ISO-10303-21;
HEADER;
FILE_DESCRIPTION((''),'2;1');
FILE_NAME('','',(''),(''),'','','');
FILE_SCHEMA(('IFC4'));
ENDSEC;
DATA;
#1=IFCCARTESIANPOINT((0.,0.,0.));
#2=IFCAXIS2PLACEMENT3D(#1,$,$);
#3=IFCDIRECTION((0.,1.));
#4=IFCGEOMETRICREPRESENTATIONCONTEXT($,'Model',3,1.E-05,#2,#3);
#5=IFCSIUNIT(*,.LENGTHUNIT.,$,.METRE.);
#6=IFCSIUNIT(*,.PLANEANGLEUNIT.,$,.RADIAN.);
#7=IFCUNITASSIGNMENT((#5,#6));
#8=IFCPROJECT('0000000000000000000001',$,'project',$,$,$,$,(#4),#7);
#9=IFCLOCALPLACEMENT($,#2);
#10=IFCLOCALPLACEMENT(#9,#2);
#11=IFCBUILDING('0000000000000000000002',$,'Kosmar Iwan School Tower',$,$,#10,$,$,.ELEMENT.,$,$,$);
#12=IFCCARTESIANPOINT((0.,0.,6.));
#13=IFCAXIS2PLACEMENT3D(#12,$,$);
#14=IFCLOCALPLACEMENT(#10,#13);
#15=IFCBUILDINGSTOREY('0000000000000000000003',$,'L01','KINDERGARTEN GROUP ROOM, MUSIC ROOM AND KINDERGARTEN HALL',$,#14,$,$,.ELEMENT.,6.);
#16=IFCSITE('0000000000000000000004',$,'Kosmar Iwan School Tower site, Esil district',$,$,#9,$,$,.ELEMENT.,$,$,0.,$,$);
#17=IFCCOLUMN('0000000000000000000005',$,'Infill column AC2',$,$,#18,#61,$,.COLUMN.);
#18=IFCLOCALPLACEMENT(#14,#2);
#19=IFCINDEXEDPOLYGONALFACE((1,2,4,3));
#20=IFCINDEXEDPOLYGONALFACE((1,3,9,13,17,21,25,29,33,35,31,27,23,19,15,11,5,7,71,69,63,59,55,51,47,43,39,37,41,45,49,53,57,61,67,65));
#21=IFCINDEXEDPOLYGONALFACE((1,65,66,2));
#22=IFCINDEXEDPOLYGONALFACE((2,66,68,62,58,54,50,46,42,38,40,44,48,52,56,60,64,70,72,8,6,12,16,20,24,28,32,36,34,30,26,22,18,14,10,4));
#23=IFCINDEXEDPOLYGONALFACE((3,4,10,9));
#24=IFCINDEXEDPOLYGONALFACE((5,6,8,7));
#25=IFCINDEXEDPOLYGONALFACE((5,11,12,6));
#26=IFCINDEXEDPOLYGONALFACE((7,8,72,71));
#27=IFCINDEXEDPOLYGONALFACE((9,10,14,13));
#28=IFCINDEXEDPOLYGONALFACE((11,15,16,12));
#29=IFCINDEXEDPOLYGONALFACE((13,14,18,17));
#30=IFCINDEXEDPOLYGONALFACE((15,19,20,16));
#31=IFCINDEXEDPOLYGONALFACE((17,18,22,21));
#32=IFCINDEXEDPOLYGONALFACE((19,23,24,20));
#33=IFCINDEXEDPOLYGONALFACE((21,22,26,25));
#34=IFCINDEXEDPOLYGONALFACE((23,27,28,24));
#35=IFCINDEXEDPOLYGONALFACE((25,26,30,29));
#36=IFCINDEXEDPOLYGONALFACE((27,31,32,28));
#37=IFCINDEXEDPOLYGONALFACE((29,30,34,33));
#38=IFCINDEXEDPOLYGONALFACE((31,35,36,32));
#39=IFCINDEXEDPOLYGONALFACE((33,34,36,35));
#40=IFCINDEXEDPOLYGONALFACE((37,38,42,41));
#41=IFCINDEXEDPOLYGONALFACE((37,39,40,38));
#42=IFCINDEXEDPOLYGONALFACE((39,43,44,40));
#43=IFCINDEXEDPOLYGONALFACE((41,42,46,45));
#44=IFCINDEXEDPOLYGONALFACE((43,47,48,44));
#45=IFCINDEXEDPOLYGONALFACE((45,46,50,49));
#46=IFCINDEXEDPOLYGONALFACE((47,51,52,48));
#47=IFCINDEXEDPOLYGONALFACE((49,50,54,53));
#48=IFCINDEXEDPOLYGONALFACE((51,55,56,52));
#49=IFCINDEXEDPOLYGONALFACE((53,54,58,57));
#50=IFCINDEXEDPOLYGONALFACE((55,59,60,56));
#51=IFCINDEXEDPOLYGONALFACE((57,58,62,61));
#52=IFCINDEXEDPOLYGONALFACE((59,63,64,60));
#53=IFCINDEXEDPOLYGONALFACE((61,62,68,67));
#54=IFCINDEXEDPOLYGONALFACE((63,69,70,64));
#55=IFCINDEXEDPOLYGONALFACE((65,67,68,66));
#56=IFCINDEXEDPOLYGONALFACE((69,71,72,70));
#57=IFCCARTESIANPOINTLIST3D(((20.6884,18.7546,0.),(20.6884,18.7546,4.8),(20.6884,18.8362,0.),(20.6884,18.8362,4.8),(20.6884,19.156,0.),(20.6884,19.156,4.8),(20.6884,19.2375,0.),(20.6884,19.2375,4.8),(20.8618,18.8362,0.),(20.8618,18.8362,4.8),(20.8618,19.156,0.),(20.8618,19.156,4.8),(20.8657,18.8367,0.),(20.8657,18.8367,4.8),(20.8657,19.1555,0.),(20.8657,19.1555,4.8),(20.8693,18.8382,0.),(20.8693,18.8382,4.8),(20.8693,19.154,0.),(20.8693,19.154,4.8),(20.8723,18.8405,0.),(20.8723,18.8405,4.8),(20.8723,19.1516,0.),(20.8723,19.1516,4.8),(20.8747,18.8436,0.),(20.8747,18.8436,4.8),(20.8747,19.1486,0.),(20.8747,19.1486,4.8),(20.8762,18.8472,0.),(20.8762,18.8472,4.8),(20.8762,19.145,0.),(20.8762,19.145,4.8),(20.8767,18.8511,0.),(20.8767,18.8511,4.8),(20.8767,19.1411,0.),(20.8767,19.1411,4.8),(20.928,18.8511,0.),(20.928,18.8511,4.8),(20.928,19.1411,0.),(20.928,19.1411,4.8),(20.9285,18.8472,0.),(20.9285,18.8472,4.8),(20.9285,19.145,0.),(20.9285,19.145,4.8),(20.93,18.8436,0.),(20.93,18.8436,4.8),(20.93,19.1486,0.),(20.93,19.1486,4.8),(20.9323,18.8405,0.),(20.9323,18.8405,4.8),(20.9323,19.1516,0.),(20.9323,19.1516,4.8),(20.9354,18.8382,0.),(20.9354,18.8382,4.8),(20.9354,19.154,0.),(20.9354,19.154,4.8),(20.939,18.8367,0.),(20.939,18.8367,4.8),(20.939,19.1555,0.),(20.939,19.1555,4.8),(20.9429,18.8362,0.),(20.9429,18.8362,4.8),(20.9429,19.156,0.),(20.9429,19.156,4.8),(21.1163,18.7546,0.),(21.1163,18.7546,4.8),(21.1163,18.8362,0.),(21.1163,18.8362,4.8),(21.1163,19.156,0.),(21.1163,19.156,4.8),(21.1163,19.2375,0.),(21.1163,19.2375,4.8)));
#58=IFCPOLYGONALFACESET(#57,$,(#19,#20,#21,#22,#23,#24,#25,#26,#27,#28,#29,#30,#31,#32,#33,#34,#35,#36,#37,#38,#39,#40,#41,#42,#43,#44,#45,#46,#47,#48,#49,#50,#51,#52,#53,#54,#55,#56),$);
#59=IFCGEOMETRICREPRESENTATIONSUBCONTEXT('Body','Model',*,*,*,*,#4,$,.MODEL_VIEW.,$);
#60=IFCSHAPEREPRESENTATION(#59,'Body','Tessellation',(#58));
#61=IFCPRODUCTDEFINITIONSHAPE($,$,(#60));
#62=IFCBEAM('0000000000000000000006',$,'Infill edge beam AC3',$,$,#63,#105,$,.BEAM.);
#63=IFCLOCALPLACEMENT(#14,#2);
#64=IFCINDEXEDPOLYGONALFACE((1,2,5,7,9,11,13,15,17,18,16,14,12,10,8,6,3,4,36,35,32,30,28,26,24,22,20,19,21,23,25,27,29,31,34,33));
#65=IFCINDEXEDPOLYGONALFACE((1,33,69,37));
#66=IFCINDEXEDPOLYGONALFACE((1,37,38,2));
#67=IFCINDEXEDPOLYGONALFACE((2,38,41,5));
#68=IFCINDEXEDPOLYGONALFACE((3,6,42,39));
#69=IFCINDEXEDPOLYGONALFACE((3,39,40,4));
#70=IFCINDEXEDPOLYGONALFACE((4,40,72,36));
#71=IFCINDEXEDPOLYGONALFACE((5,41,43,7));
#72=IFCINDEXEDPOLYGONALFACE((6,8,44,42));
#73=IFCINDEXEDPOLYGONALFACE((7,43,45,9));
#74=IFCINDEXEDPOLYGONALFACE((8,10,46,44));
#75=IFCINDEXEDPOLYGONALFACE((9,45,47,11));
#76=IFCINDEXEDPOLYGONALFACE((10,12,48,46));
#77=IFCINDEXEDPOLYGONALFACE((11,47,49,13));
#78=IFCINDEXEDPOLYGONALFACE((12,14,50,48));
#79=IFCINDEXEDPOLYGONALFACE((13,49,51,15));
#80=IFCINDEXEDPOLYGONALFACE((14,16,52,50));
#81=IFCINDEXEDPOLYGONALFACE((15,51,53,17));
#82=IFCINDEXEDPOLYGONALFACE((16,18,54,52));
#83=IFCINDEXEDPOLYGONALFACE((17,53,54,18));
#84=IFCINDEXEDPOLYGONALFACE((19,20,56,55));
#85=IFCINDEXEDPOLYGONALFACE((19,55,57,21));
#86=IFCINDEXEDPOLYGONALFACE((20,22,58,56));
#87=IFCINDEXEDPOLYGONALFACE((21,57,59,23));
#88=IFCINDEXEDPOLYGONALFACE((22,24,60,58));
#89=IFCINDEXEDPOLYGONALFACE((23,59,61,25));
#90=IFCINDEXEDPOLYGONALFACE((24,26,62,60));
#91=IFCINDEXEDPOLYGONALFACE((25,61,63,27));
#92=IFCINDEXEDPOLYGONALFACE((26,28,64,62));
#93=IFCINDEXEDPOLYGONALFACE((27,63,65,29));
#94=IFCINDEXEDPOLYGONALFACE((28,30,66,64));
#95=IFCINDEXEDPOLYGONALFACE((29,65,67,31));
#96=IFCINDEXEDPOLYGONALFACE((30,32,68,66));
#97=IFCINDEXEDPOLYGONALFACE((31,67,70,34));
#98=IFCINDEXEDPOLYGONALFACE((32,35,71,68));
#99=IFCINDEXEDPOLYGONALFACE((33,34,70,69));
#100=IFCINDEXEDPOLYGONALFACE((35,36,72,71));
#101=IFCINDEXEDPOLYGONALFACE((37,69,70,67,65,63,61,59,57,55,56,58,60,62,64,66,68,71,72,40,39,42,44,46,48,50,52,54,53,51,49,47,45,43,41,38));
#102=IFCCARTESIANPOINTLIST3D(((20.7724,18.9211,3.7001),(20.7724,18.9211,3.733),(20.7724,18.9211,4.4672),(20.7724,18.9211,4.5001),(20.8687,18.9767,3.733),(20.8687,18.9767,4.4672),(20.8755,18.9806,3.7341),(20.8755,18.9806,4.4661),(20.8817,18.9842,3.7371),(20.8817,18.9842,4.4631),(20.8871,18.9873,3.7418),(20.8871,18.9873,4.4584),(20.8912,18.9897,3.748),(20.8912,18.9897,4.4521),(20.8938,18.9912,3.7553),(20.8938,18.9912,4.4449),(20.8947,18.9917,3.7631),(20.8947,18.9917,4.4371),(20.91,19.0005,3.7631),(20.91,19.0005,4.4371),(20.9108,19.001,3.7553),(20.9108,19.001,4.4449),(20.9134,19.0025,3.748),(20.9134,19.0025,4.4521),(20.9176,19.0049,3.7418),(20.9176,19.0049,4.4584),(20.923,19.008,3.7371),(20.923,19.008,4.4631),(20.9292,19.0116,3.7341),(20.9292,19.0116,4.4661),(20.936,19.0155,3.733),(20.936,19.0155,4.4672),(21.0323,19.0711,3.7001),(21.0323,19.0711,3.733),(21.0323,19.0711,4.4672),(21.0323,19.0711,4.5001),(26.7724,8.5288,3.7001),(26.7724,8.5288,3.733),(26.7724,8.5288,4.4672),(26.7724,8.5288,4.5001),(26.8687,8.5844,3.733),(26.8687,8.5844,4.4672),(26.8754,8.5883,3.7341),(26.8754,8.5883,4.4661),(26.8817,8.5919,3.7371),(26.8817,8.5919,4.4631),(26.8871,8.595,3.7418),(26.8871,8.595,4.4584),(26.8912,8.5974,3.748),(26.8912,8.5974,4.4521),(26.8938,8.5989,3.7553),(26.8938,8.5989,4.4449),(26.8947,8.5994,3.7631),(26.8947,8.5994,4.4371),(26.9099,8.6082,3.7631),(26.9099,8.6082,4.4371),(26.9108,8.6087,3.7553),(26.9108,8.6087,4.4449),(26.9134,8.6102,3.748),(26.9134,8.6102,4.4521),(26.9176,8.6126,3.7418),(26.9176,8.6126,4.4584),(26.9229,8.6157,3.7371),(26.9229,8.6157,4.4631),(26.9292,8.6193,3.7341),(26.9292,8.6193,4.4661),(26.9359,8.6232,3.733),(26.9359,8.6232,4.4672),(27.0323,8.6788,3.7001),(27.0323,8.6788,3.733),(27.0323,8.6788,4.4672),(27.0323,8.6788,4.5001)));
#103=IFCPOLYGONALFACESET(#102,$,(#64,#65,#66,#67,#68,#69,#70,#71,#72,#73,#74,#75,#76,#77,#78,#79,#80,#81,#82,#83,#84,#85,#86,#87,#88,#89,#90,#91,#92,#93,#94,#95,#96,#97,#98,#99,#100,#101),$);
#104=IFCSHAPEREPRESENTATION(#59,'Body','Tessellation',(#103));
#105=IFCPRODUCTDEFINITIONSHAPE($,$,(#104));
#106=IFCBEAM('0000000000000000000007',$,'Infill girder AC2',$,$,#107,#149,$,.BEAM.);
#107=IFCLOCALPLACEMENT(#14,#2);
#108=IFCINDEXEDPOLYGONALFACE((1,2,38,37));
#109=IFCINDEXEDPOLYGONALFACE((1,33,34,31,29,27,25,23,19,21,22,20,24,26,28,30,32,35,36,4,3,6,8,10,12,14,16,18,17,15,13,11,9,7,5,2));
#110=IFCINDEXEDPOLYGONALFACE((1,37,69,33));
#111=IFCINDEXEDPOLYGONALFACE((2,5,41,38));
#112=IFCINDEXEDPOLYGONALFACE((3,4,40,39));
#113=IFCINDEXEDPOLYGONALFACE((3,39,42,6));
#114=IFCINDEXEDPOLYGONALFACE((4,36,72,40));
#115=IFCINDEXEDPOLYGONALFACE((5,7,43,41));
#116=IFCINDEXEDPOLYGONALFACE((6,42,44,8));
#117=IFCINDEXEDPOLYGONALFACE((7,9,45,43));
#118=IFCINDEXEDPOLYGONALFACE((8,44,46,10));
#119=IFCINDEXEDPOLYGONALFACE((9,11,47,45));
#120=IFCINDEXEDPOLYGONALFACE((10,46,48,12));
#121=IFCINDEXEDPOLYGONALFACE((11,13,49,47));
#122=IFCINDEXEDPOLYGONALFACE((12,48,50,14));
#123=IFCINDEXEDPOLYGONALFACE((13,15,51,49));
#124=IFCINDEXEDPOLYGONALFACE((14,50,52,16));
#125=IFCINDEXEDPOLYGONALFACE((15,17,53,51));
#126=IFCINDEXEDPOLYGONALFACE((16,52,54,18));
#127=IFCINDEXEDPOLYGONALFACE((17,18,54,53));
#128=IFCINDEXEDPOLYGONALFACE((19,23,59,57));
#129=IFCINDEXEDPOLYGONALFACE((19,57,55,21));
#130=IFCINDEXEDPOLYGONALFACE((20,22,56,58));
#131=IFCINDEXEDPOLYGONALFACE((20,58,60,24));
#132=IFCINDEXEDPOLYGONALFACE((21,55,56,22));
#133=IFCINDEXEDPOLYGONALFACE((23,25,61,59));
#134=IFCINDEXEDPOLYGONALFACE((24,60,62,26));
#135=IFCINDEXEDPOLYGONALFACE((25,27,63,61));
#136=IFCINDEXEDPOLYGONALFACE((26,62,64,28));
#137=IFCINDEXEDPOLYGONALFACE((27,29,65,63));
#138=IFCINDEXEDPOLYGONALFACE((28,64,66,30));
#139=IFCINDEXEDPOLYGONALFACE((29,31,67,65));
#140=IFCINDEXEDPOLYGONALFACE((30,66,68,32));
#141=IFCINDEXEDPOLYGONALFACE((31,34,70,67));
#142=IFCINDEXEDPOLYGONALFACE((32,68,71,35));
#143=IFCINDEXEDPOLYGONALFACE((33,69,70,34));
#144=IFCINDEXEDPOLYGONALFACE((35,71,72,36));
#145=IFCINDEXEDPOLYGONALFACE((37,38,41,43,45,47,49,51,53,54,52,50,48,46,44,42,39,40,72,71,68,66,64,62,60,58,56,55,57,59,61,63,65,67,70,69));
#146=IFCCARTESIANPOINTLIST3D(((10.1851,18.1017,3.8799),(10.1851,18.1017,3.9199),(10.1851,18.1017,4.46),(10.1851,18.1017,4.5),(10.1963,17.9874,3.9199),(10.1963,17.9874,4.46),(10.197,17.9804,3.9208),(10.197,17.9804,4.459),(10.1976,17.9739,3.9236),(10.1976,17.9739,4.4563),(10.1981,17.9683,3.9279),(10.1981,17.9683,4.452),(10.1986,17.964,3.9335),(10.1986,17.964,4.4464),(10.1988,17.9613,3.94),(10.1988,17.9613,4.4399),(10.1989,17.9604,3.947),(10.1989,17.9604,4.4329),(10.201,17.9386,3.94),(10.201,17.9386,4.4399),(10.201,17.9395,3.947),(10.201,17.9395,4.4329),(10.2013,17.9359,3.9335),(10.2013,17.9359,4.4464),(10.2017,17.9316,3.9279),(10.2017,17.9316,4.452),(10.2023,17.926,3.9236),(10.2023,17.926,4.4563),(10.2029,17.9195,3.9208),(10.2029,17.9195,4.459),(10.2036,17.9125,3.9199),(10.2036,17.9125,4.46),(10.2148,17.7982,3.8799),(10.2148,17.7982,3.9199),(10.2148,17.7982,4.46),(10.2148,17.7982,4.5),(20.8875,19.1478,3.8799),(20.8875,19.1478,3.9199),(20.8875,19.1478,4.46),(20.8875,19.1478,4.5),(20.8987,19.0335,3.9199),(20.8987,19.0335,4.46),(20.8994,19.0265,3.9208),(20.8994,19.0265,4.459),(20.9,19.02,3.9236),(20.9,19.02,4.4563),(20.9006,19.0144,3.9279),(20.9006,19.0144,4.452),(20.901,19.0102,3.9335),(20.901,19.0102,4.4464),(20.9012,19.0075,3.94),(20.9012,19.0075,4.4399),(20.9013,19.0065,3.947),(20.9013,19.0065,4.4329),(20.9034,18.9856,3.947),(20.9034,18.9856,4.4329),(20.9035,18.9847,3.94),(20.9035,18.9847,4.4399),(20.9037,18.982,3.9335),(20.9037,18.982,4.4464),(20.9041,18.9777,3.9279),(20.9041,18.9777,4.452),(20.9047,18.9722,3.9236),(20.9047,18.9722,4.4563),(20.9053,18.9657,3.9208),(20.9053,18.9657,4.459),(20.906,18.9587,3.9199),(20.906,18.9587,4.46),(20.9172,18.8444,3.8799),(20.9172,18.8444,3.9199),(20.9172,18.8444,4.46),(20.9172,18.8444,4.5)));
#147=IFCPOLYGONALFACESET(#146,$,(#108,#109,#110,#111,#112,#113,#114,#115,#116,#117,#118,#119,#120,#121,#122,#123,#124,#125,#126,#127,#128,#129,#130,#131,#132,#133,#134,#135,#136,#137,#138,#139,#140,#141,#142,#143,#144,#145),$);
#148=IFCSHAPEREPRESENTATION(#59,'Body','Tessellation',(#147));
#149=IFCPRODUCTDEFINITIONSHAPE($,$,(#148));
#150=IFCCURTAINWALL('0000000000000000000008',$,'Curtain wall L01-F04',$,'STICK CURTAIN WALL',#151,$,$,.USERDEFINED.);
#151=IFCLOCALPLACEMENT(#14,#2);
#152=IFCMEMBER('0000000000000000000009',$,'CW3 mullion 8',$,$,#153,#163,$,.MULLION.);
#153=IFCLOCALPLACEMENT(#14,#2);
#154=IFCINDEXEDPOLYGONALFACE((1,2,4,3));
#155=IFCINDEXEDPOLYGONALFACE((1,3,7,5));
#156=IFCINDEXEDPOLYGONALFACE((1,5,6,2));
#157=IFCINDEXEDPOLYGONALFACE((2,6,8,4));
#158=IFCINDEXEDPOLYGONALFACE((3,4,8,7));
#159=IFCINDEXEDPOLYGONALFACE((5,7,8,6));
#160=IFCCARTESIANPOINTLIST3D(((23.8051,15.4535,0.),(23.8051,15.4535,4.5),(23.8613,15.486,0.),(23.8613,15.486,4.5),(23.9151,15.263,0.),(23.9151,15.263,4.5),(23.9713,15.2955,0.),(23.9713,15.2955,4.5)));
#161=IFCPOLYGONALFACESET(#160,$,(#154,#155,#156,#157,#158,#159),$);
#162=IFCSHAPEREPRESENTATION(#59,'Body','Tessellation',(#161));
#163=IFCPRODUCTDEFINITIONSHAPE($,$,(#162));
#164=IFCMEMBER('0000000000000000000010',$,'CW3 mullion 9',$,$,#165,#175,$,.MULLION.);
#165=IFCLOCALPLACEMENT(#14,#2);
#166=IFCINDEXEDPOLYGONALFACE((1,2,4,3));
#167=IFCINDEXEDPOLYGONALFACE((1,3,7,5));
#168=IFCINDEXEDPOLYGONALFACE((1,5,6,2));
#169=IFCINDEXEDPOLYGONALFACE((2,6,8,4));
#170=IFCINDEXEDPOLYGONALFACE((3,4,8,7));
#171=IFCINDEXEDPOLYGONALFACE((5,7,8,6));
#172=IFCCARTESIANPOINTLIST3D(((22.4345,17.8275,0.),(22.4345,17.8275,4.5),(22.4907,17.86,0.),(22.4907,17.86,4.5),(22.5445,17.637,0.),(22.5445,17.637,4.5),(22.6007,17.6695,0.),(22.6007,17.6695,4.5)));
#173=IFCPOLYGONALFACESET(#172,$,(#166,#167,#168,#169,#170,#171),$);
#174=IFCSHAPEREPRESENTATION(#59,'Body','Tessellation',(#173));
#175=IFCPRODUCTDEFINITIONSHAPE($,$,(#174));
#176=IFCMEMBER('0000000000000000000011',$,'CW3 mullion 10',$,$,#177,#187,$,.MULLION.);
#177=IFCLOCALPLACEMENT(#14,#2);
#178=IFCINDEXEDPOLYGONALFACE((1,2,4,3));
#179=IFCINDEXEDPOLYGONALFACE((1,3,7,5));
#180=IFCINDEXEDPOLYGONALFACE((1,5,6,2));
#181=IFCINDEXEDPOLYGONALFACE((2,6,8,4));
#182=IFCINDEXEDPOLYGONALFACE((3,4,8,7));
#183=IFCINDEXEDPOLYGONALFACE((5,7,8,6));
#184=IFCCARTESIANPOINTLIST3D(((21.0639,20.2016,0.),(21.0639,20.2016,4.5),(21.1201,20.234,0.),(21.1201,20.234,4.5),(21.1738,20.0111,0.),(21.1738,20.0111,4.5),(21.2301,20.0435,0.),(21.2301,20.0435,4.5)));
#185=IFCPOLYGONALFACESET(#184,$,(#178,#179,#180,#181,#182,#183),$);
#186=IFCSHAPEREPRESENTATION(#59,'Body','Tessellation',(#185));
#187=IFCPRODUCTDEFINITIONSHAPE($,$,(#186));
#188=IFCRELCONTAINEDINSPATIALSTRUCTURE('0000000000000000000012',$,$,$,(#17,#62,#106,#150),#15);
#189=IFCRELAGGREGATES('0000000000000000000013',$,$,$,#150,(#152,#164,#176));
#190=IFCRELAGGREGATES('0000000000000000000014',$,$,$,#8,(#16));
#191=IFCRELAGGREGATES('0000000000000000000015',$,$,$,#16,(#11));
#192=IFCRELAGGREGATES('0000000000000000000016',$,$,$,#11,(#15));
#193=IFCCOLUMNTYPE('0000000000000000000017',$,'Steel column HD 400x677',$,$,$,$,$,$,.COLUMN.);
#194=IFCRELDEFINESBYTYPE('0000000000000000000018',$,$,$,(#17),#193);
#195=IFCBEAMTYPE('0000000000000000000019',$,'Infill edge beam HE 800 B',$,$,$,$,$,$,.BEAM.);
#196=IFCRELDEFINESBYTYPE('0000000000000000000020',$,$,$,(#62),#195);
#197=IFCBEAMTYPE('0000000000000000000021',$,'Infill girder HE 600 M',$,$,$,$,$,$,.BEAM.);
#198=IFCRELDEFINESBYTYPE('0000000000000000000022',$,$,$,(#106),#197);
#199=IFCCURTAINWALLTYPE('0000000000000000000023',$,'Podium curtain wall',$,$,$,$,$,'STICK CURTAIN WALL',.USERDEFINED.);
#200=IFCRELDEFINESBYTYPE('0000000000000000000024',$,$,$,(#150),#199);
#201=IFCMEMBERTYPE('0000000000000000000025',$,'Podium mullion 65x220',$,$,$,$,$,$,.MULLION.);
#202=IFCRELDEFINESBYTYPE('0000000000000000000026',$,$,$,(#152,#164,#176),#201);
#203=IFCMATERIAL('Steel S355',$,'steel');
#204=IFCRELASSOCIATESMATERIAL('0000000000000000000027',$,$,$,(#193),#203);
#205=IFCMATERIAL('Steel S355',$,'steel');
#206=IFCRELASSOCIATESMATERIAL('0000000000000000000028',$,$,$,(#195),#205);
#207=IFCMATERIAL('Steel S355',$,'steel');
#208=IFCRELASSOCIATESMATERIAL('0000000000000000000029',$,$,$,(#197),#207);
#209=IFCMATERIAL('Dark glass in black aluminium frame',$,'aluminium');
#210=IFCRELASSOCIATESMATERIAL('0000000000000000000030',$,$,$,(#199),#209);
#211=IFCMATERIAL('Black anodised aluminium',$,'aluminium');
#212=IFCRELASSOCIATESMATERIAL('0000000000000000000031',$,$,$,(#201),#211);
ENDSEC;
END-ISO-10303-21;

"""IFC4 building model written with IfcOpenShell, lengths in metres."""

from ifc_helpers import new_model, si_unit, direction, frame, origin, origin_2d, place, context, subcontext, project, spatial, rectangle, i_section, extrude, material, material_profile, profile_set, type_object, element, aggregate, save


model = new_model("IFC4")

# Units and contexts
model_context = context("Model", 3, precision=1e-05, world=origin(), true_north=direction((0.0, 1.0)))
body_context = subcontext(model_context, "Body", "Model", "MODEL_VIEW")
ifc_project = project(units=[si_unit("LENGTHUNIT", "METRE"), si_unit("PLANEANGLEUNIT", "RADIAN")], contexts=[model_context])

# Site, building, storey
site_placement = place(None, origin())
site = spatial("IfcSite", under=ifc_project, at=site_placement, Name="Kosmar Iwan School Tower site, Esil district", CompositionType="ELEMENT", RefElevation=0.0)
building_placement = place(site_placement, origin())
building = spatial("IfcBuilding", under=site, at=building_placement, Name="Kosmar Iwan School Tower", CompositionType="ELEMENT")
storey_placement = place(building_placement, frame((0.0, 0.0, 6.0)))
storey = spatial("IfcBuildingStorey", under=building, at=storey_placement, Name="L01", Description="KINDERGARTEN GROUP ROOM, MUSIC ROOM AND KINDERGARTEN HALL", CompositionType="ELEMENT", Elevation=6.0)

# Column
ifc_material_1 = material(Name="Steel S355", Category="steel")
ifc_material_profile_1 = material_profile(ifc_material_1, i_section(OverallWidth=0.428, OverallDepth=0.4829, WebThickness=0.0513, FlangeThickness=0.0815, FilletRadius=0.0149, at=origin_2d()), Name="HD 400x677")
ifc_profile_set_1 = profile_set([ifc_material_profile_1], Name="Steel S355")
column_type = type_object("IfcColumnType", Name="Steel column HD 400x677", PredefinedType="COLUMN", material=ifc_profile_set_1)
column_placement = place(storey_placement, frame((20.9023, 18.9961, 0.0), z_axis=(0.0, 0.0, 1.0), x_axis=(1.0, 0.0, 0.0)))
element("IfcColumn", 1, at=column_placement, inside=storey, type_object=column_type, Name="Infill column AC2", PredefinedType="COLUMN", context=body_context, shape_type="SweptSolid", body=[
    extrude(i_section(OverallWidth=0.428, OverallDepth=0.4829, WebThickness=0.0513, FlangeThickness=0.0815, FilletRadius=0.0149, at=origin_2d()), origin(), (0.0, 0.0, 1.0), 4.8),
])

# Beams
ifc_material_2 = material(Name="Steel S355", Category="steel")
ifc_material_profile_2 = material_profile(ifc_material_2, i_section(OverallWidth=0.3, OverallDepth=0.8, WebThickness=0.0176, FlangeThickness=0.033, FilletRadius=0.03, at=origin_2d()), Name="HE 800 B")
ifc_profile_set_2 = profile_set([ifc_material_profile_2], Name="Steel S355")
beam_type_1 = type_object("IfcBeamType", Name="Infill edge beam HE 800 B", PredefinedType="BEAM", material=ifc_profile_set_2)
beam_1_placement = place(storey_placement, frame((20.9023, 18.9961, 4.1001), z_axis=(0.499999, -0.866026, 0.0), x_axis=(0.866026, 0.499999, 0.0)))
element("IfcBeam", 2, at=beam_1_placement, inside=storey, type_object=beam_type_1, Name="Infill edge beam AC3", PredefinedType="BEAM", context=body_context, shape_type="SweptSolid", body=[
    extrude(i_section(OverallWidth=0.3, OverallDepth=0.8, WebThickness=0.0176, FlangeThickness=0.033, FilletRadius=0.03, at=origin_2d()), origin(), (0.0, 0.0, 1.0), 12.0),
])
ifc_material_3 = material(Name="Steel S355", Category="steel")
ifc_material_profile_3 = material_profile(ifc_material_3, i_section(OverallWidth=0.3049, OverallDepth=0.6201, WebThickness=0.021, FlangeThickness=0.04, FilletRadius=0.0271, at=origin_2d()), Name="HE 600 M")
ifc_profile_set_3 = profile_set([ifc_material_profile_3], Name="Steel S355")
beam_type_2 = type_object("IfcBeamType", Name="Infill girder HE 600 M", PredefinedType="BEAM", material=ifc_profile_set_3)
beam_2_placement = place(storey_placement, frame((20.9023, 18.9961, 4.1899), z_axis=(-0.995257, -0.097285, 0.0), x_axis=(0.097285, -0.995257, 0.0)))
element("IfcBeam", 3, at=beam_2_placement, inside=storey, type_object=beam_type_2, Name="Infill girder AC2", PredefinedType="BEAM", context=body_context, shape_type="SweptSolid", body=[
    extrude(i_section(OverallWidth=0.3049, OverallDepth=0.6201, WebThickness=0.021, FlangeThickness=0.04, FilletRadius=0.0271, at=origin_2d()), origin(), (0.0, 0.0, 1.0), 10.7534),
])

# Curtain wall, members
ifc_material_4 = material(Name="Dark glass in black aluminium frame", Category="aluminium")
curtain_wall_type = type_object("IfcCurtainWallType", Name="Podium curtain wall", ElementType="STICK CURTAIN WALL", PredefinedType="USERDEFINED", material=ifc_material_4)
curtain_wall_placement = place(storey_placement, origin())
curtain_wall = element("IfcCurtainWall", 4, at=curtain_wall_placement, inside=storey, type_object=curtain_wall_type, Name="Curtain wall L01-F04", ObjectType="STICK CURTAIN WALL", PredefinedType="USERDEFINED")
ifc_material_5 = material(Name="Black anodised aluminium", Category="aluminium")
ifc_material_profile_4 = material_profile(ifc_material_5, rectangle(XDim=0.0649, YDim=0.22, at=origin_2d()), Name="MULLION 65x220")
ifc_profile_set_4 = profile_set([ifc_material_profile_4], Name="Black anodised aluminium")
member_type_1 = type_object("IfcMemberType", Name="Podium mullion 65x220", PredefinedType="MULLION", material=ifc_profile_set_4)
member_1_placement = place(storey_placement, frame((23.8882, 15.3745, 0.0), z_axis=(0.0, 0.0, 1.0), x_axis=(-0.866025, -0.5, 0.0)))
member_1 = element("IfcMember", 5, at=member_1_placement, type_object=member_type_1, Name="CW3 mullion 8", PredefinedType="MULLION", context=body_context, shape_type="SweptSolid", body=[
    extrude(rectangle(XDim=0.0649, YDim=0.22, at=origin_2d()), origin(), (0.0, 0.0, 1.0), 4.5),
])
member_2_placement = place(storey_placement, frame((22.5176, 17.7485, 0.0), z_axis=(0.0, 0.0, 1.0), x_axis=(-0.866025, -0.5, 0.0)))
member_2 = element("IfcMember", 6, at=member_2_placement, type_object=member_type_1, Name="CW3 mullion 9", PredefinedType="MULLION", context=body_context, shape_type="SweptSolid", body=[
    extrude(rectangle(XDim=0.0649, YDim=0.22, at=origin_2d()), origin(), (0.0, 0.0, 1.0), 4.5),
])
member_3_placement = place(storey_placement, frame((21.147, 20.1226, 0.0), z_axis=(0.0, 0.0, 1.0), x_axis=(-0.866025, -0.5, 0.0)))
member_3 = element("IfcMember", 7, at=member_3_placement, type_object=member_type_1, Name="CW3 mullion 10", PredefinedType="MULLION", context=body_context, shape_type="SweptSolid", body=[
    extrude(rectangle(XDim=0.0649, YDim=0.22, at=origin_2d()), origin(), (0.0, 0.0, 1.0), 4.5),
])
aggregate(curtain_wall, [member_1, member_2, member_3])

save(model, "model.ifc")
